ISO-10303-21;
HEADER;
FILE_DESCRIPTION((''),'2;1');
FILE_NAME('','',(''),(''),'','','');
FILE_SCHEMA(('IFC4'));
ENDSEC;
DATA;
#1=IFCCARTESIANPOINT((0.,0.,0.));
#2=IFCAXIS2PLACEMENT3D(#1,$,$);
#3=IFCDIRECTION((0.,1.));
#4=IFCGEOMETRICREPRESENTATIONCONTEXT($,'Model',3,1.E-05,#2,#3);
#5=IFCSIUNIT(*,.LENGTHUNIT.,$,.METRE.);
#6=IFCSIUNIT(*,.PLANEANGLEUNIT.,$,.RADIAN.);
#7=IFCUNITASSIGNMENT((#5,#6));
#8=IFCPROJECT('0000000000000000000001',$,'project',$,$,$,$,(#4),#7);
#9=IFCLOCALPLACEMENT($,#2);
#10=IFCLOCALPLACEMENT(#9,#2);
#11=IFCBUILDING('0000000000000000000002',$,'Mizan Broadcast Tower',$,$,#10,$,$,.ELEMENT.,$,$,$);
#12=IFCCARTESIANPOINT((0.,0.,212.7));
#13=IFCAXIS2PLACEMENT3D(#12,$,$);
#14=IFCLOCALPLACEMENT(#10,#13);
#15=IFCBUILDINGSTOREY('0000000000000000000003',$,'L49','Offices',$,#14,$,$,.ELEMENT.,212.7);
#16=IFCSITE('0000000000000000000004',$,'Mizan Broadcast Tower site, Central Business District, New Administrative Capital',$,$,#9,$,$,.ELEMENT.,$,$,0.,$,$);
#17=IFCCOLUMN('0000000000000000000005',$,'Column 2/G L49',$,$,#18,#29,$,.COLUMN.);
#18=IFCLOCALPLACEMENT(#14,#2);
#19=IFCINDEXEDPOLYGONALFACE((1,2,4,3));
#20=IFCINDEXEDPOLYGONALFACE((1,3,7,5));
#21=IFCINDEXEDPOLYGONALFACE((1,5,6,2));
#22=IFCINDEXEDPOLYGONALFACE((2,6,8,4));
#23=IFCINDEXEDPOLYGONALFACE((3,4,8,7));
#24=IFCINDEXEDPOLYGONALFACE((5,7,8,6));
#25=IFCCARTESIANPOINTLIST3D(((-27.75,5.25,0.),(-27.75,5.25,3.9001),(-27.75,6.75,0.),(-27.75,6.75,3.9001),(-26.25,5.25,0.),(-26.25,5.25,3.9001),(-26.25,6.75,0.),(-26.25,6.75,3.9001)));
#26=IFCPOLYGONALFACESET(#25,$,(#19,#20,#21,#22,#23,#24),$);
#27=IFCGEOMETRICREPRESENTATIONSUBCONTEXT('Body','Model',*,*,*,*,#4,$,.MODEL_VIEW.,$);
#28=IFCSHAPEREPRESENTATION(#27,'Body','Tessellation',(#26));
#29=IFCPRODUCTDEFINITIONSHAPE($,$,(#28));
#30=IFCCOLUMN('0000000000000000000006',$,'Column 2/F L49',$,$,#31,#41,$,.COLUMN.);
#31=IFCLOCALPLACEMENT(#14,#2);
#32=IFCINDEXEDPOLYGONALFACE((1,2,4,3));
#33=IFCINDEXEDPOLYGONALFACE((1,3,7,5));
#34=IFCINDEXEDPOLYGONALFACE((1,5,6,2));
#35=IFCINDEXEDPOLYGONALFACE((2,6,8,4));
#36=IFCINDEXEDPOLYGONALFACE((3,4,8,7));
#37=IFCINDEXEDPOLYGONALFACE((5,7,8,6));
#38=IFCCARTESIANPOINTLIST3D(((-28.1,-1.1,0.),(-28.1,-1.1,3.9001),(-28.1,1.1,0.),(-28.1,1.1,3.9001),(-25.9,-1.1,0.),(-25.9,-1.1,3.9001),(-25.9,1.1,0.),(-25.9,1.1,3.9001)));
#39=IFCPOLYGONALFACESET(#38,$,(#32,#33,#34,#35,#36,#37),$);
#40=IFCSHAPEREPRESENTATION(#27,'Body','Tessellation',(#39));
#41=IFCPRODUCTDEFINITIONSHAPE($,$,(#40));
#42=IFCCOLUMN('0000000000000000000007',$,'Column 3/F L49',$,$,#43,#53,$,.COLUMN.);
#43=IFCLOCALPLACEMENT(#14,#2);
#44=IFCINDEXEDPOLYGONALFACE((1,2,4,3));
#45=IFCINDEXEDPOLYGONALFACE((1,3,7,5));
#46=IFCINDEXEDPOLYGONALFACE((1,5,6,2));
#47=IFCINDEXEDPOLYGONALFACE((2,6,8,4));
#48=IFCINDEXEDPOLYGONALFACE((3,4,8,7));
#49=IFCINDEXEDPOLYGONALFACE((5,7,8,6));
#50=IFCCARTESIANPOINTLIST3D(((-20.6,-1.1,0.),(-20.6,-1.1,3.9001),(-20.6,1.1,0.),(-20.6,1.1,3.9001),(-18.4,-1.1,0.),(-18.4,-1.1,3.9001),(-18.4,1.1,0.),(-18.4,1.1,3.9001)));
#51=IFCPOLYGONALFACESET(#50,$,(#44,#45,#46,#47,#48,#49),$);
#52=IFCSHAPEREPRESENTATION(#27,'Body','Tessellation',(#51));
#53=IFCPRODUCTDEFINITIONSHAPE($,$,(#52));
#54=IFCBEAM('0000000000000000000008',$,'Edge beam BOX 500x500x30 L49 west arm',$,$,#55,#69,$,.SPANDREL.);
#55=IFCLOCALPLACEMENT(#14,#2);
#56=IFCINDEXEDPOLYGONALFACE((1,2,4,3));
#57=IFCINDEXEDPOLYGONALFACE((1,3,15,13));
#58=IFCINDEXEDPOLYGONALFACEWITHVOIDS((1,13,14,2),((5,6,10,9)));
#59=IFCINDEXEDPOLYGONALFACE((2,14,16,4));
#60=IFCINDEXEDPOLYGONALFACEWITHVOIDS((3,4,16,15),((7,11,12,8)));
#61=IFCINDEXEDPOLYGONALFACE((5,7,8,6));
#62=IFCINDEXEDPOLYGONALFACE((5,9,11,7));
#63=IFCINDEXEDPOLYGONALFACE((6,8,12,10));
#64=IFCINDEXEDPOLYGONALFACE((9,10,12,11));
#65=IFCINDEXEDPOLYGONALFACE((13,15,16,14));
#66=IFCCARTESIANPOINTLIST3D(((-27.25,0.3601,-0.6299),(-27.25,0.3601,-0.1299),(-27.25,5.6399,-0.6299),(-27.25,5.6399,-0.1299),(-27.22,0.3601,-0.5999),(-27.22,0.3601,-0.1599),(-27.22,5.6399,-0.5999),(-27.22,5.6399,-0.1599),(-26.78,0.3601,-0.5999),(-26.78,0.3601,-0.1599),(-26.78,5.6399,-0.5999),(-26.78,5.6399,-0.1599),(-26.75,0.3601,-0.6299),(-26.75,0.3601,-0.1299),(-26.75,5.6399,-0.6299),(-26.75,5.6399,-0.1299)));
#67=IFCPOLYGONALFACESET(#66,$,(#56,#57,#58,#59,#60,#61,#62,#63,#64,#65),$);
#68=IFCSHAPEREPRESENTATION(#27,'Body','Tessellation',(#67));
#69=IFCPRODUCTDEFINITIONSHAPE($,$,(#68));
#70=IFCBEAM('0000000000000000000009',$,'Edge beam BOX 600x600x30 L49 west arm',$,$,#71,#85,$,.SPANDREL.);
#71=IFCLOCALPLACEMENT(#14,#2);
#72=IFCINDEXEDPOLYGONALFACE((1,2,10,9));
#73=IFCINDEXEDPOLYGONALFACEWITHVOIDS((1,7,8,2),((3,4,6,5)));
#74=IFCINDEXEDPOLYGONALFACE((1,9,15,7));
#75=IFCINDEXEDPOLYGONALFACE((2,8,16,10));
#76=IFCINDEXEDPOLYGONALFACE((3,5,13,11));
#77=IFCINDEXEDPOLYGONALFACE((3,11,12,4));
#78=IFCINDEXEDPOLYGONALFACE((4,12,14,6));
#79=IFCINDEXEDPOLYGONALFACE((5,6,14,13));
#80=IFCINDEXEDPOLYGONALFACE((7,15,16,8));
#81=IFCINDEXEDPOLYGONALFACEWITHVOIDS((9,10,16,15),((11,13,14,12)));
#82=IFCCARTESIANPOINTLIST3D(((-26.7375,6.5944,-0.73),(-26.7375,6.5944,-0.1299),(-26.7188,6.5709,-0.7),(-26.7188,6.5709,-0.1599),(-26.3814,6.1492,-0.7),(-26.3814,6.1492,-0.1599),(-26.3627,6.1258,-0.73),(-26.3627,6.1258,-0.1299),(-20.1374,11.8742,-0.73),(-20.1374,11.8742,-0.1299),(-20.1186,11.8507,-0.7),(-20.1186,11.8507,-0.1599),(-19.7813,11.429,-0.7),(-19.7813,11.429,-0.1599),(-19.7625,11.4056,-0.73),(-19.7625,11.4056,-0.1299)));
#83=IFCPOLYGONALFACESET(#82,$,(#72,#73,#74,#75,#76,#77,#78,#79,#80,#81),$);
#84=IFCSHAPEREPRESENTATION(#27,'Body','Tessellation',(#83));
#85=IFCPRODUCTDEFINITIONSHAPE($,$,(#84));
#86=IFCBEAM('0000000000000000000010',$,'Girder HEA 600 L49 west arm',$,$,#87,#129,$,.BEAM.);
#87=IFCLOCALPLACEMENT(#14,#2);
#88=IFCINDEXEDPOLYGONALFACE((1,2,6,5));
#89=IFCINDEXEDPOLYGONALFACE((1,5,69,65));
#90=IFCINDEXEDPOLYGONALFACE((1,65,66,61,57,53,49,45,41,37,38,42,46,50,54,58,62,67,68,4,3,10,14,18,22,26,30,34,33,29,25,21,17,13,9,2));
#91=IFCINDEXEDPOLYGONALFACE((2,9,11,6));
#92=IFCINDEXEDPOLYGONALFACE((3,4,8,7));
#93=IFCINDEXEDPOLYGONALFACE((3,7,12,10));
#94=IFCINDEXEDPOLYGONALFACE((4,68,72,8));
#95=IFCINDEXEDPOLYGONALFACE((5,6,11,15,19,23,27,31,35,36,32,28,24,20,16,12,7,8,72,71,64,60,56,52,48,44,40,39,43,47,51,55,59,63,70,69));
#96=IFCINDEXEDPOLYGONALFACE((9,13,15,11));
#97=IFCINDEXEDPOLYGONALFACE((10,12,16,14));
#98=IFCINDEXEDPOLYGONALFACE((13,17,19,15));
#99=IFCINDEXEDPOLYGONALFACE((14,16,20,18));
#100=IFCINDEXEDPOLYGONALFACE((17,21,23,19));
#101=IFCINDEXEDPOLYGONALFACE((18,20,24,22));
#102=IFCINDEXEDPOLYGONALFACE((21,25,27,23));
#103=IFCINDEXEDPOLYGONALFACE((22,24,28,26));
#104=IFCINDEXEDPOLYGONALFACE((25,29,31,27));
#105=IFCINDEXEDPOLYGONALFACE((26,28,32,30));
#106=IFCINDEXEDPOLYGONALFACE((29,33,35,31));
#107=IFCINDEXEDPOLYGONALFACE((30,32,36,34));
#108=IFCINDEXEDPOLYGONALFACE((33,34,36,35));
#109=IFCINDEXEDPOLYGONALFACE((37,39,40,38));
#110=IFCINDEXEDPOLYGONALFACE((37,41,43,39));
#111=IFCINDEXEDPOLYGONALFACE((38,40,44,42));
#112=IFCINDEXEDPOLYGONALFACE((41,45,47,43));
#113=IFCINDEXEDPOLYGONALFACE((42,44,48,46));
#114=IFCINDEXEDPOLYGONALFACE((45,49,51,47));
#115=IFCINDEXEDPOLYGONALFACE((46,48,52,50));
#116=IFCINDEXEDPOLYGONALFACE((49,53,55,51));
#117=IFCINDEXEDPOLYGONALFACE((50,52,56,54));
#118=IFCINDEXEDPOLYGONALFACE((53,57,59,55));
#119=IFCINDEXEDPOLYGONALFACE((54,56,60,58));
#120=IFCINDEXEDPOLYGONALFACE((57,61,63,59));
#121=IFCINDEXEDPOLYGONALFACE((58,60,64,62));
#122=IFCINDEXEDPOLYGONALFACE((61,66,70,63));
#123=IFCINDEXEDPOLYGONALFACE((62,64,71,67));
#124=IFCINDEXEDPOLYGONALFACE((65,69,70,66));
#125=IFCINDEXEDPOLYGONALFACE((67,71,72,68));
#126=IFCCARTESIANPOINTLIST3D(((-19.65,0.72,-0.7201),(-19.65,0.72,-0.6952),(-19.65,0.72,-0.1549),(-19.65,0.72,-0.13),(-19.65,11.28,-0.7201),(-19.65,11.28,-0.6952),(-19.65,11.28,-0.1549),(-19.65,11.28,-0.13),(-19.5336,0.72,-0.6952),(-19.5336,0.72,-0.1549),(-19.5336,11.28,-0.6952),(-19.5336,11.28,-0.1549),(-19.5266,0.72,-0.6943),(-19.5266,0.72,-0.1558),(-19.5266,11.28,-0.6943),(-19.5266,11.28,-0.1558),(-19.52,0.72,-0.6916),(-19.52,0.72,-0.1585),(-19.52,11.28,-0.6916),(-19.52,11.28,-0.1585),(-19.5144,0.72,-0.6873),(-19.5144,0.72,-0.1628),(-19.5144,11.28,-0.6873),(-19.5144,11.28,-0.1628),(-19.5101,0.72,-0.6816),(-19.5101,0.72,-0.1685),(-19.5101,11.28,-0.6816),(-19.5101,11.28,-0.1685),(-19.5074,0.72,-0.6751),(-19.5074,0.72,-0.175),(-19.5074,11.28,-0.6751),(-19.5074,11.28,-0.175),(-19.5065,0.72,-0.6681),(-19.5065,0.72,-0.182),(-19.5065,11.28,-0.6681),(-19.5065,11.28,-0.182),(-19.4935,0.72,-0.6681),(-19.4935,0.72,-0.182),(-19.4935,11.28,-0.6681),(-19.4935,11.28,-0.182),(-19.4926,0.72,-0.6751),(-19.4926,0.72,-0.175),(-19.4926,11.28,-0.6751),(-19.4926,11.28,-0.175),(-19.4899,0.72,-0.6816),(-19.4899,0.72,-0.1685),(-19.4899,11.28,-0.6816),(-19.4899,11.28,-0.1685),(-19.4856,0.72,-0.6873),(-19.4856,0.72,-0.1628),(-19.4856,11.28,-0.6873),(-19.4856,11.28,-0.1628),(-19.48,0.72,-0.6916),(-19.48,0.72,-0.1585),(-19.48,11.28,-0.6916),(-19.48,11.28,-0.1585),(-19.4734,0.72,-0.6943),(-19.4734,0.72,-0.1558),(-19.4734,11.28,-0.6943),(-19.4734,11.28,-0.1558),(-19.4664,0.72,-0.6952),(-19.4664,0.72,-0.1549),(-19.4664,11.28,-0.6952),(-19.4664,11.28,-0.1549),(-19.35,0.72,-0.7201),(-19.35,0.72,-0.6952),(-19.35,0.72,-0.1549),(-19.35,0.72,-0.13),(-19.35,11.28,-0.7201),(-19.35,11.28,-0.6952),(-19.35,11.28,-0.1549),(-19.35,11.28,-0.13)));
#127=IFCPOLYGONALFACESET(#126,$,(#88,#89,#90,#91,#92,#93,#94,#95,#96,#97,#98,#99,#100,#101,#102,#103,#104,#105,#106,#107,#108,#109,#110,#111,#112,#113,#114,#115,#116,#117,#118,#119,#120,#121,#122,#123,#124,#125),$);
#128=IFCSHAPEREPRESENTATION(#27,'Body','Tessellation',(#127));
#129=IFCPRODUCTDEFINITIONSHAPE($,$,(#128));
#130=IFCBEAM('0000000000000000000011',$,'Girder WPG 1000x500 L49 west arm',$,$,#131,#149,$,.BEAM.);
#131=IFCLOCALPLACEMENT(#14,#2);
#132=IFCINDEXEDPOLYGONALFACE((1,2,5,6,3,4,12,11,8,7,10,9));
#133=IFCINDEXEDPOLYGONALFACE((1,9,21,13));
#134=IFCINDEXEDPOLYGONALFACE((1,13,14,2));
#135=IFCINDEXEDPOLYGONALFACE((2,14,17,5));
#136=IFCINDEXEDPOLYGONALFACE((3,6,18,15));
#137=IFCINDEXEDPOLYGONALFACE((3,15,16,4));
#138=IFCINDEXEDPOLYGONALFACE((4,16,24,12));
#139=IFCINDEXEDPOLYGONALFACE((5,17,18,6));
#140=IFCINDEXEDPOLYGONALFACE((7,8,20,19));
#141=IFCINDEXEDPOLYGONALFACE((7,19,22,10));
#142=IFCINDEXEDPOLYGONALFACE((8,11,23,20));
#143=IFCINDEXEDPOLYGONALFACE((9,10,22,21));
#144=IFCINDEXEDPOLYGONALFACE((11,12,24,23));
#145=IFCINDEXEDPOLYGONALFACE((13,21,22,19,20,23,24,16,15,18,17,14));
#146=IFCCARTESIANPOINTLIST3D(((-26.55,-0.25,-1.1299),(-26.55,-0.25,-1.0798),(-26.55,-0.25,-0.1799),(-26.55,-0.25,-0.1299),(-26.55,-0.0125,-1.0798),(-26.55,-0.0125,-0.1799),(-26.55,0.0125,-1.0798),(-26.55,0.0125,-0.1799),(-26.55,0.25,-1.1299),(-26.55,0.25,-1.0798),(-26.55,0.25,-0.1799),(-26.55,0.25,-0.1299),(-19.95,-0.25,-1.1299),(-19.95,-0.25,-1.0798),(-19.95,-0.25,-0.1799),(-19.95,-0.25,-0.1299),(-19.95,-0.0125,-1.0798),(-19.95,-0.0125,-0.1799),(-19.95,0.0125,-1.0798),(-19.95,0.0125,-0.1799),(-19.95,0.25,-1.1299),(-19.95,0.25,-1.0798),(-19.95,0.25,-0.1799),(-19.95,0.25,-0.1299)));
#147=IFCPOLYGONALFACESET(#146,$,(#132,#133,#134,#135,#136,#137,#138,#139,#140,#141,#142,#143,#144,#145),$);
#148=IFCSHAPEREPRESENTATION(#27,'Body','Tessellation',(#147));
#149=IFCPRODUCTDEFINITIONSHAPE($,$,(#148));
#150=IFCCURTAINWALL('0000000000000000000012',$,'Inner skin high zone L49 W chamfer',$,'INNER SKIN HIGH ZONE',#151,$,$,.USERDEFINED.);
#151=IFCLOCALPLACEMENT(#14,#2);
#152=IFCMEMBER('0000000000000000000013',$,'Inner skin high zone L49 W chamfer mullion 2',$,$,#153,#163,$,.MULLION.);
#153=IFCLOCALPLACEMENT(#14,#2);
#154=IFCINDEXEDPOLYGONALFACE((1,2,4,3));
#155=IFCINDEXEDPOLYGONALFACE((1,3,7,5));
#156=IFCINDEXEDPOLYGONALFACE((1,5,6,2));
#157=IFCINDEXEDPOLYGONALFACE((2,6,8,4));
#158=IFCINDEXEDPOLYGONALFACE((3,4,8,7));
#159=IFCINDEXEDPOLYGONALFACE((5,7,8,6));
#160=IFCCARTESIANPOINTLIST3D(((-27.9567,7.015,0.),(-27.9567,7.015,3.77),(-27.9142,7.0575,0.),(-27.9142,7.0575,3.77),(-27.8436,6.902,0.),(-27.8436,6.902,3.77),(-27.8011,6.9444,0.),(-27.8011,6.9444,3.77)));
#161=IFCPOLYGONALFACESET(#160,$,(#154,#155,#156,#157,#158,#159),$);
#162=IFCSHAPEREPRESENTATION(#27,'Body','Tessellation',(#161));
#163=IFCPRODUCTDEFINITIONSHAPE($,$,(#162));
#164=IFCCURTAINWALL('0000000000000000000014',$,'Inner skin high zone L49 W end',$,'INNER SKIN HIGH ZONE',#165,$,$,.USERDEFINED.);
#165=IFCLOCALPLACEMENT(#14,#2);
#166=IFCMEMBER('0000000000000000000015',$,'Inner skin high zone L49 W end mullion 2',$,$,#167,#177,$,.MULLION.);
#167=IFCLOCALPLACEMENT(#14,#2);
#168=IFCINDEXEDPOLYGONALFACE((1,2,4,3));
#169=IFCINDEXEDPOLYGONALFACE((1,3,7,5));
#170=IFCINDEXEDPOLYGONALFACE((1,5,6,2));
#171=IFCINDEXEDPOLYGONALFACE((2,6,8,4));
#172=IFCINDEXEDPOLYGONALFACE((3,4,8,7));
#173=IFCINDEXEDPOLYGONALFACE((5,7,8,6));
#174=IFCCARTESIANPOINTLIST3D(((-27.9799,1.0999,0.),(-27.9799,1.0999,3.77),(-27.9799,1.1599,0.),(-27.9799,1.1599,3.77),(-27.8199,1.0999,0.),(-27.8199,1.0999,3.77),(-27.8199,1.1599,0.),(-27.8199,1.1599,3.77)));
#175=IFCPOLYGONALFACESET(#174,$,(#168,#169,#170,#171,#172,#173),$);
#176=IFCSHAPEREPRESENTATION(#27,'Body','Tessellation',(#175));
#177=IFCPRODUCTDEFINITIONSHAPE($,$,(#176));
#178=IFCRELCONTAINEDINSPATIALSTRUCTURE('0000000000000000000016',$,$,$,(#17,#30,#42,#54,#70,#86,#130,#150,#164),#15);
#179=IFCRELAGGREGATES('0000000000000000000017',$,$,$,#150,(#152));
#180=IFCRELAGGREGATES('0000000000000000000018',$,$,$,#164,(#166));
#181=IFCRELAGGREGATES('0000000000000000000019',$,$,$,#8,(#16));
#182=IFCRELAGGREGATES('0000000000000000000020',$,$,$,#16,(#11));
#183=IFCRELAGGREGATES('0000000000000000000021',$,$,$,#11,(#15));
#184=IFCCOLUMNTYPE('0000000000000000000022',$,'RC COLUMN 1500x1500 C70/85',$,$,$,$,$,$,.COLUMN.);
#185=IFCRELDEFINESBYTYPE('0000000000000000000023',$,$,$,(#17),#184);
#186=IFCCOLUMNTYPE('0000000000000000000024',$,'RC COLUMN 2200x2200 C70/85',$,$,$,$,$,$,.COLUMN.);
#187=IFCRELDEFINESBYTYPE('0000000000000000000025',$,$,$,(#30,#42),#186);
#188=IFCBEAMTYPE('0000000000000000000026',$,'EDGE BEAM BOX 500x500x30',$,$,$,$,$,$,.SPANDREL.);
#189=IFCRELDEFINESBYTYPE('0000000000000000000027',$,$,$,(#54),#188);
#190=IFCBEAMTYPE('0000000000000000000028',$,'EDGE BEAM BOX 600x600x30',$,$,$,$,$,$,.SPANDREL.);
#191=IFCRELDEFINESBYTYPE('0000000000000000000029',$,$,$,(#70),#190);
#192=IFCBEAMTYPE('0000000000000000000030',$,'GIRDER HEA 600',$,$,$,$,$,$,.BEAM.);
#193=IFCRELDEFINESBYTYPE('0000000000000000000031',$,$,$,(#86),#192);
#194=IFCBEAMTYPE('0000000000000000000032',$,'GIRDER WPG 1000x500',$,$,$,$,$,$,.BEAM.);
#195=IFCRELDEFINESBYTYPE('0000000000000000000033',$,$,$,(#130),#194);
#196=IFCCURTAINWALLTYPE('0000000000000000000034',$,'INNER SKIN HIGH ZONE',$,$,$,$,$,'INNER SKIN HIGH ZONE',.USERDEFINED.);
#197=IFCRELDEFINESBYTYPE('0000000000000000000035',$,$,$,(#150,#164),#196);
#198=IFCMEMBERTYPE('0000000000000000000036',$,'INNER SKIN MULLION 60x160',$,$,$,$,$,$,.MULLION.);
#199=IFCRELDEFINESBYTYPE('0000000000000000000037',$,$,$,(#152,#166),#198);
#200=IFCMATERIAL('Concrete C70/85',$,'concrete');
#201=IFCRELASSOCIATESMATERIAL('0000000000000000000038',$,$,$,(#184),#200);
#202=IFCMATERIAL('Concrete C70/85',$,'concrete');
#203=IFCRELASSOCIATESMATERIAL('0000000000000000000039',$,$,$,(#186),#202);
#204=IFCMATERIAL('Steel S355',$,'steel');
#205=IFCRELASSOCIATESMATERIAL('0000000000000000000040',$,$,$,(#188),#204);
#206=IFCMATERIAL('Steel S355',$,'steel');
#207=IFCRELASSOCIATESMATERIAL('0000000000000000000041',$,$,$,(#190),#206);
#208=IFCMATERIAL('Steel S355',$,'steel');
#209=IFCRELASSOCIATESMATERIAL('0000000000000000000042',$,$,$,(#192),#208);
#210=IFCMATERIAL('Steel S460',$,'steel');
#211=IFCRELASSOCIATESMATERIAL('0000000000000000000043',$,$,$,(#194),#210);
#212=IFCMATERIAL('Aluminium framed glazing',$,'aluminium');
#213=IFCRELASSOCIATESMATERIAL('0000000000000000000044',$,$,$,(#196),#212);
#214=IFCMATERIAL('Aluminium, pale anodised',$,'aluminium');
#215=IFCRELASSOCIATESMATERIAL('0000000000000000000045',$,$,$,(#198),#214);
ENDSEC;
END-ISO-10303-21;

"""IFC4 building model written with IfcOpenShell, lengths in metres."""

from ifc_helpers import new_model, si_unit, direction, frame, origin, origin_2d, place, context, subcontext, project, spatial, rectangle, hollow_rectangle, i_section, extrude, material, material_profile, profile_set, type_object, element, aggregate, save


model = new_model("IFC4")

# Units and contexts
model_context = context("Model", 3, precision=1e-05, world=origin(), true_north=direction((0.0, 1.0)))
body_context = subcontext(model_context, "Body", "Model", "MODEL_VIEW")
ifc_project = project(units=[si_unit("LENGTHUNIT", "METRE"), si_unit("PLANEANGLEUNIT", "RADIAN")], contexts=[model_context])

# Site, building, storey
site_placement = place(None, origin())
site = spatial("IfcSite", under=ifc_project, at=site_placement, Name="Mizan Broadcast Tower site, Central Business District, New Administrative Capital", CompositionType="ELEMENT", RefElevation=0.0)
building_placement = place(site_placement, origin())
building = spatial("IfcBuilding", under=site, at=building_placement, Name="Mizan Broadcast Tower", CompositionType="ELEMENT")
storey_placement = place(building_placement, frame((0.0, 0.0, 212.7)))
storey = spatial("IfcBuildingStorey", under=building, at=storey_placement, Name="L49", Description="Offices", CompositionType="ELEMENT", Elevation=212.7)

# Columns
ifc_material_1 = material(Name="Concrete C70/85", Category="concrete")
ifc_material_profile_1 = material_profile(ifc_material_1, rectangle(XDim=1.5, YDim=1.5, at=origin_2d()), Name="RC 1500x1500")
ifc_profile_set_1 = profile_set([ifc_material_profile_1], Name="Concrete C70/85")
column_type_1 = type_object("IfcColumnType", Name="RC COLUMN 1500x1500 C70/85", PredefinedType="COLUMN", material=ifc_profile_set_1)
column_placement = place(storey_placement, frame((-27.0, 6.0, 0.0), z_axis=(0.0, 0.0, 1.0), x_axis=(1.0, 0.0, 0.0)))
element("IfcColumn", 1, at=column_placement, inside=storey, type_object=column_type_1, Name="Column 2/G L49", PredefinedType="COLUMN", context=body_context, shape_type="SweptSolid", body=[
    extrude(rectangle(XDim=1.5, YDim=1.5, at=origin_2d()), origin(), (0.0, 0.0, 1.0), 3.9001),
])
ifc_material_2 = material(Name="Concrete C70/85", Category="concrete")
ifc_material_profile_2 = material_profile(ifc_material_2, rectangle(XDim=2.2, YDim=2.2, at=origin_2d()), Name="RC 2200x2200")
ifc_profile_set_2 = profile_set([ifc_material_profile_2], Name="Concrete C70/85")
column_type_2 = type_object("IfcColumnType", Name="RC COLUMN 2200x2200 C70/85", PredefinedType="COLUMN", material=ifc_profile_set_2)
for number, where, z_axis, x_axis, name in (
    (2, (-27.0, 0.0, 0.0), (0.0, 0.0, 1.0), (1.0, 0.0, 0.0), "Column 2/F L49"),
    (3, (-19.5, 0.0, 0.0), (0.0, 0.0, 1.0), (1.0, 0.0, 0.0), "Column 3/F L49"),
):
    element("IfcColumn", number, at=place(storey_placement, frame(where, z_axis=z_axis, x_axis=x_axis)), inside=storey, type_object=column_type_2, Name=name, PredefinedType="COLUMN", context=body_context, shape_type="SweptSolid", body=[
        extrude(rectangle(XDim=2.2, YDim=2.2, at=origin_2d()), origin(), (0.0, 0.0, 1.0), 3.9001),
    ])

# Beams
ifc_material_3 = material(Name="Steel S355", Category="steel")
ifc_material_profile_3 = material_profile(ifc_material_3, hollow_rectangle(XDim=0.5, YDim=0.5, WallThickness=0.03, at=origin_2d()), Name="BOX 500x500x30")
ifc_profile_set_3 = profile_set([ifc_material_profile_3], Name="Steel S355")
beam_type_1 = type_object("IfcBeamType", Name="EDGE BEAM BOX 500x500x30", PredefinedType="SPANDREL", material=ifc_profile_set_3)
beam_1_placement = place(storey_placement, frame((-27.0, 5.6399, -0.3799), z_axis=(0.0, -1.0, 0.0), x_axis=(1.0, 0.0, 0.0)))
element("IfcBeam", 4, at=beam_1_placement, inside=storey, type_object=beam_type_1, Name="Edge beam BOX 500x500x30 L49 west arm", PredefinedType="SPANDREL", context=body_context, shape_type="SweptSolid", body=[
    extrude(hollow_rectangle(XDim=0.5, YDim=0.5, WallThickness=0.03, at=origin_2d()), origin(), (0.0, 0.0, 1.0), 5.2798),
])
ifc_material_4 = material(Name="Steel S355", Category="steel")
ifc_material_profile_4 = material_profile(ifc_material_4, hollow_rectangle(XDim=0.6001, YDim=0.6001, WallThickness=0.03, at=origin_2d()), Name="BOX 600x600x30")
ifc_profile_set_4 = profile_set([ifc_material_profile_4], Name="Steel S355")
beam_type_2 = type_object("IfcBeamType", Name="EDGE BEAM BOX 600x600x30", PredefinedType="SPANDREL", material=ifc_profile_set_4)
beam_2_placement = place(storey_placement, frame((-19.95, 11.6399, -0.4299), z_axis=(-0.780886, -0.624674, 0.0), x_axis=(0.624674, -0.780886, 0.0)))
element("IfcBeam", 5, at=beam_2_placement, inside=storey, type_object=beam_type_2, Name="Edge beam BOX 600x600x30 L49 west arm", PredefinedType="SPANDREL", context=body_context, shape_type="SweptSolid", body=[
    extrude(hollow_rectangle(XDim=0.6001, YDim=0.6001, WallThickness=0.03, at=origin_2d()), origin(), (0.0, 0.0, 1.0), 8.4521),
])
ifc_material_5 = material(Name="Steel S355", Category="steel")
ifc_material_profile_5 = material_profile(ifc_material_5, i_section(OverallWidth=0.3, OverallDepth=0.5901, WebThickness=0.0129, FlangeThickness=0.0249, FilletRadius=0.0271, at=origin_2d()), Name="HEA 600")
ifc_profile_set_5 = profile_set([ifc_material_profile_5], Name="Steel S355")
beam_type_3 = type_object("IfcBeamType", Name="GIRDER HEA 600", PredefinedType="BEAM", material=ifc_profile_set_5)
beam_3_placement = place(storey_placement, frame((-19.5, 11.28, -0.425), z_axis=(0.0, -1.0, 0.0), x_axis=(1.0, 0.0, 0.0)))
element("IfcBeam", 6, at=beam_3_placement, inside=storey, type_object=beam_type_3, Name="Girder HEA 600 L49 west arm", PredefinedType="BEAM", context=body_context, shape_type="SweptSolid", body=[
    extrude(i_section(OverallWidth=0.3, OverallDepth=0.5901, WebThickness=0.0129, FlangeThickness=0.0249, FilletRadius=0.0271, at=origin_2d()), origin(), (0.0, 0.0, 1.0), 10.5601),
])
ifc_material_6 = material(Name="Steel S460", Category="steel")
ifc_material_profile_6 = material_profile(ifc_material_6, i_section(OverallWidth=0.5, OverallDepth=1.0, WebThickness=0.0249, FlangeThickness=0.05, at=origin_2d()), Name="WPG 1000x500")
ifc_profile_set_6 = profile_set([ifc_material_profile_6], Name="Steel S460")
beam_type_4 = type_object("IfcBeamType", Name="GIRDER WPG 1000x500", PredefinedType="BEAM", material=ifc_profile_set_6)
beam_4_placement = place(storey_placement, frame((-19.95, 0.0, -0.6299), z_axis=(-1.0, 0.0, 0.0), x_axis=(0.0, -1.0, 0.0)))
element("IfcBeam", 7, at=beam_4_placement, inside=storey, type_object=beam_type_4, Name="Girder WPG 1000x500 L49 west arm", PredefinedType="BEAM", context=body_context, shape_type="SweptSolid", body=[
    extrude(i_section(OverallWidth=0.5, OverallDepth=1.0, WebThickness=0.0249, FlangeThickness=0.05, at=origin_2d()), origin(), (0.0, 0.0, 1.0), 6.6001),
])

# Curtain wall, member
ifc_material_7 = material(Name="Aluminium framed glazing", Category="aluminium")
curtain_wall_type_1 = type_object("IfcCurtainWallType", Name="INNER SKIN HIGH ZONE", ElementType="INNER SKIN HIGH ZONE", PredefinedType="USERDEFINED", material=ifc_material_7)
curtain_wall_1_placement = place(storey_placement, origin())
curtain_wall_1 = element("IfcCurtainWall", 8, at=curtain_wall_1_placement, inside=storey, type_object=curtain_wall_type_1, Name="Inner skin high zone L49 W chamfer", ObjectType="INNER SKIN HIGH ZONE", PredefinedType="USERDEFINED")
ifc_material_8 = material(Name="Aluminium, pale anodised", Category="aluminium")
ifc_material_profile_7 = material_profile(ifc_material_8, rectangle(XDim=0.1599, YDim=0.0601, at=origin_2d()), Name="MULLION 160x60")
ifc_profile_set_7 = profile_set([ifc_material_profile_7], Name="Aluminium, pale anodised")
member_type_1 = type_object("IfcMemberType", Name="INNER SKIN MULLION 60x160", PredefinedType="MULLION", material=ifc_profile_set_7)
member_1_placement = place(storey_placement, frame((-27.8789, 6.9797, 0.0), z_axis=(0.0, 0.0, 1.0), x_axis=(0.707107, -0.707107, 0.0)))
member_1 = element("IfcMember", 9, at=member_1_placement, type_object=member_type_1, Name="Inner skin high zone L49 W chamfer mullion 2", PredefinedType="MULLION", context=body_context, shape_type="SweptSolid", body=[
    extrude(rectangle(XDim=0.1599, YDim=0.0601, at=origin_2d()), origin(), (0.0, 0.0, 1.0), 3.77),
])

# Curtain wall, member
curtain_wall_2_placement = place(storey_placement, origin())
curtain_wall_2 = element("IfcCurtainWall", 10, at=curtain_wall_2_placement, inside=storey, type_object=curtain_wall_type_1, Name="Inner skin high zone L49 W end", ObjectType="INNER SKIN HIGH ZONE", PredefinedType="USERDEFINED")
member_2_placement = place(storey_placement, frame((-27.8999, 1.1299, 0.0), z_axis=(0.0, 0.0, 1.0), x_axis=(1.0, 0.0, 0.0)))
member_2 = element("IfcMember", 11, at=member_2_placement, type_object=member_type_1, Name="Inner skin high zone L49 W end mullion 2", PredefinedType="MULLION", context=body_context, shape_type="SweptSolid", body=[
    extrude(rectangle(XDim=0.1599, YDim=0.0601, at=origin_2d()), origin(), (0.0, 0.0, 1.0), 3.77),
])

aggregate(curtain_wall_1, [member_1])
aggregate(curtain_wall_2, [member_2])

save(model, "model.ifc")
